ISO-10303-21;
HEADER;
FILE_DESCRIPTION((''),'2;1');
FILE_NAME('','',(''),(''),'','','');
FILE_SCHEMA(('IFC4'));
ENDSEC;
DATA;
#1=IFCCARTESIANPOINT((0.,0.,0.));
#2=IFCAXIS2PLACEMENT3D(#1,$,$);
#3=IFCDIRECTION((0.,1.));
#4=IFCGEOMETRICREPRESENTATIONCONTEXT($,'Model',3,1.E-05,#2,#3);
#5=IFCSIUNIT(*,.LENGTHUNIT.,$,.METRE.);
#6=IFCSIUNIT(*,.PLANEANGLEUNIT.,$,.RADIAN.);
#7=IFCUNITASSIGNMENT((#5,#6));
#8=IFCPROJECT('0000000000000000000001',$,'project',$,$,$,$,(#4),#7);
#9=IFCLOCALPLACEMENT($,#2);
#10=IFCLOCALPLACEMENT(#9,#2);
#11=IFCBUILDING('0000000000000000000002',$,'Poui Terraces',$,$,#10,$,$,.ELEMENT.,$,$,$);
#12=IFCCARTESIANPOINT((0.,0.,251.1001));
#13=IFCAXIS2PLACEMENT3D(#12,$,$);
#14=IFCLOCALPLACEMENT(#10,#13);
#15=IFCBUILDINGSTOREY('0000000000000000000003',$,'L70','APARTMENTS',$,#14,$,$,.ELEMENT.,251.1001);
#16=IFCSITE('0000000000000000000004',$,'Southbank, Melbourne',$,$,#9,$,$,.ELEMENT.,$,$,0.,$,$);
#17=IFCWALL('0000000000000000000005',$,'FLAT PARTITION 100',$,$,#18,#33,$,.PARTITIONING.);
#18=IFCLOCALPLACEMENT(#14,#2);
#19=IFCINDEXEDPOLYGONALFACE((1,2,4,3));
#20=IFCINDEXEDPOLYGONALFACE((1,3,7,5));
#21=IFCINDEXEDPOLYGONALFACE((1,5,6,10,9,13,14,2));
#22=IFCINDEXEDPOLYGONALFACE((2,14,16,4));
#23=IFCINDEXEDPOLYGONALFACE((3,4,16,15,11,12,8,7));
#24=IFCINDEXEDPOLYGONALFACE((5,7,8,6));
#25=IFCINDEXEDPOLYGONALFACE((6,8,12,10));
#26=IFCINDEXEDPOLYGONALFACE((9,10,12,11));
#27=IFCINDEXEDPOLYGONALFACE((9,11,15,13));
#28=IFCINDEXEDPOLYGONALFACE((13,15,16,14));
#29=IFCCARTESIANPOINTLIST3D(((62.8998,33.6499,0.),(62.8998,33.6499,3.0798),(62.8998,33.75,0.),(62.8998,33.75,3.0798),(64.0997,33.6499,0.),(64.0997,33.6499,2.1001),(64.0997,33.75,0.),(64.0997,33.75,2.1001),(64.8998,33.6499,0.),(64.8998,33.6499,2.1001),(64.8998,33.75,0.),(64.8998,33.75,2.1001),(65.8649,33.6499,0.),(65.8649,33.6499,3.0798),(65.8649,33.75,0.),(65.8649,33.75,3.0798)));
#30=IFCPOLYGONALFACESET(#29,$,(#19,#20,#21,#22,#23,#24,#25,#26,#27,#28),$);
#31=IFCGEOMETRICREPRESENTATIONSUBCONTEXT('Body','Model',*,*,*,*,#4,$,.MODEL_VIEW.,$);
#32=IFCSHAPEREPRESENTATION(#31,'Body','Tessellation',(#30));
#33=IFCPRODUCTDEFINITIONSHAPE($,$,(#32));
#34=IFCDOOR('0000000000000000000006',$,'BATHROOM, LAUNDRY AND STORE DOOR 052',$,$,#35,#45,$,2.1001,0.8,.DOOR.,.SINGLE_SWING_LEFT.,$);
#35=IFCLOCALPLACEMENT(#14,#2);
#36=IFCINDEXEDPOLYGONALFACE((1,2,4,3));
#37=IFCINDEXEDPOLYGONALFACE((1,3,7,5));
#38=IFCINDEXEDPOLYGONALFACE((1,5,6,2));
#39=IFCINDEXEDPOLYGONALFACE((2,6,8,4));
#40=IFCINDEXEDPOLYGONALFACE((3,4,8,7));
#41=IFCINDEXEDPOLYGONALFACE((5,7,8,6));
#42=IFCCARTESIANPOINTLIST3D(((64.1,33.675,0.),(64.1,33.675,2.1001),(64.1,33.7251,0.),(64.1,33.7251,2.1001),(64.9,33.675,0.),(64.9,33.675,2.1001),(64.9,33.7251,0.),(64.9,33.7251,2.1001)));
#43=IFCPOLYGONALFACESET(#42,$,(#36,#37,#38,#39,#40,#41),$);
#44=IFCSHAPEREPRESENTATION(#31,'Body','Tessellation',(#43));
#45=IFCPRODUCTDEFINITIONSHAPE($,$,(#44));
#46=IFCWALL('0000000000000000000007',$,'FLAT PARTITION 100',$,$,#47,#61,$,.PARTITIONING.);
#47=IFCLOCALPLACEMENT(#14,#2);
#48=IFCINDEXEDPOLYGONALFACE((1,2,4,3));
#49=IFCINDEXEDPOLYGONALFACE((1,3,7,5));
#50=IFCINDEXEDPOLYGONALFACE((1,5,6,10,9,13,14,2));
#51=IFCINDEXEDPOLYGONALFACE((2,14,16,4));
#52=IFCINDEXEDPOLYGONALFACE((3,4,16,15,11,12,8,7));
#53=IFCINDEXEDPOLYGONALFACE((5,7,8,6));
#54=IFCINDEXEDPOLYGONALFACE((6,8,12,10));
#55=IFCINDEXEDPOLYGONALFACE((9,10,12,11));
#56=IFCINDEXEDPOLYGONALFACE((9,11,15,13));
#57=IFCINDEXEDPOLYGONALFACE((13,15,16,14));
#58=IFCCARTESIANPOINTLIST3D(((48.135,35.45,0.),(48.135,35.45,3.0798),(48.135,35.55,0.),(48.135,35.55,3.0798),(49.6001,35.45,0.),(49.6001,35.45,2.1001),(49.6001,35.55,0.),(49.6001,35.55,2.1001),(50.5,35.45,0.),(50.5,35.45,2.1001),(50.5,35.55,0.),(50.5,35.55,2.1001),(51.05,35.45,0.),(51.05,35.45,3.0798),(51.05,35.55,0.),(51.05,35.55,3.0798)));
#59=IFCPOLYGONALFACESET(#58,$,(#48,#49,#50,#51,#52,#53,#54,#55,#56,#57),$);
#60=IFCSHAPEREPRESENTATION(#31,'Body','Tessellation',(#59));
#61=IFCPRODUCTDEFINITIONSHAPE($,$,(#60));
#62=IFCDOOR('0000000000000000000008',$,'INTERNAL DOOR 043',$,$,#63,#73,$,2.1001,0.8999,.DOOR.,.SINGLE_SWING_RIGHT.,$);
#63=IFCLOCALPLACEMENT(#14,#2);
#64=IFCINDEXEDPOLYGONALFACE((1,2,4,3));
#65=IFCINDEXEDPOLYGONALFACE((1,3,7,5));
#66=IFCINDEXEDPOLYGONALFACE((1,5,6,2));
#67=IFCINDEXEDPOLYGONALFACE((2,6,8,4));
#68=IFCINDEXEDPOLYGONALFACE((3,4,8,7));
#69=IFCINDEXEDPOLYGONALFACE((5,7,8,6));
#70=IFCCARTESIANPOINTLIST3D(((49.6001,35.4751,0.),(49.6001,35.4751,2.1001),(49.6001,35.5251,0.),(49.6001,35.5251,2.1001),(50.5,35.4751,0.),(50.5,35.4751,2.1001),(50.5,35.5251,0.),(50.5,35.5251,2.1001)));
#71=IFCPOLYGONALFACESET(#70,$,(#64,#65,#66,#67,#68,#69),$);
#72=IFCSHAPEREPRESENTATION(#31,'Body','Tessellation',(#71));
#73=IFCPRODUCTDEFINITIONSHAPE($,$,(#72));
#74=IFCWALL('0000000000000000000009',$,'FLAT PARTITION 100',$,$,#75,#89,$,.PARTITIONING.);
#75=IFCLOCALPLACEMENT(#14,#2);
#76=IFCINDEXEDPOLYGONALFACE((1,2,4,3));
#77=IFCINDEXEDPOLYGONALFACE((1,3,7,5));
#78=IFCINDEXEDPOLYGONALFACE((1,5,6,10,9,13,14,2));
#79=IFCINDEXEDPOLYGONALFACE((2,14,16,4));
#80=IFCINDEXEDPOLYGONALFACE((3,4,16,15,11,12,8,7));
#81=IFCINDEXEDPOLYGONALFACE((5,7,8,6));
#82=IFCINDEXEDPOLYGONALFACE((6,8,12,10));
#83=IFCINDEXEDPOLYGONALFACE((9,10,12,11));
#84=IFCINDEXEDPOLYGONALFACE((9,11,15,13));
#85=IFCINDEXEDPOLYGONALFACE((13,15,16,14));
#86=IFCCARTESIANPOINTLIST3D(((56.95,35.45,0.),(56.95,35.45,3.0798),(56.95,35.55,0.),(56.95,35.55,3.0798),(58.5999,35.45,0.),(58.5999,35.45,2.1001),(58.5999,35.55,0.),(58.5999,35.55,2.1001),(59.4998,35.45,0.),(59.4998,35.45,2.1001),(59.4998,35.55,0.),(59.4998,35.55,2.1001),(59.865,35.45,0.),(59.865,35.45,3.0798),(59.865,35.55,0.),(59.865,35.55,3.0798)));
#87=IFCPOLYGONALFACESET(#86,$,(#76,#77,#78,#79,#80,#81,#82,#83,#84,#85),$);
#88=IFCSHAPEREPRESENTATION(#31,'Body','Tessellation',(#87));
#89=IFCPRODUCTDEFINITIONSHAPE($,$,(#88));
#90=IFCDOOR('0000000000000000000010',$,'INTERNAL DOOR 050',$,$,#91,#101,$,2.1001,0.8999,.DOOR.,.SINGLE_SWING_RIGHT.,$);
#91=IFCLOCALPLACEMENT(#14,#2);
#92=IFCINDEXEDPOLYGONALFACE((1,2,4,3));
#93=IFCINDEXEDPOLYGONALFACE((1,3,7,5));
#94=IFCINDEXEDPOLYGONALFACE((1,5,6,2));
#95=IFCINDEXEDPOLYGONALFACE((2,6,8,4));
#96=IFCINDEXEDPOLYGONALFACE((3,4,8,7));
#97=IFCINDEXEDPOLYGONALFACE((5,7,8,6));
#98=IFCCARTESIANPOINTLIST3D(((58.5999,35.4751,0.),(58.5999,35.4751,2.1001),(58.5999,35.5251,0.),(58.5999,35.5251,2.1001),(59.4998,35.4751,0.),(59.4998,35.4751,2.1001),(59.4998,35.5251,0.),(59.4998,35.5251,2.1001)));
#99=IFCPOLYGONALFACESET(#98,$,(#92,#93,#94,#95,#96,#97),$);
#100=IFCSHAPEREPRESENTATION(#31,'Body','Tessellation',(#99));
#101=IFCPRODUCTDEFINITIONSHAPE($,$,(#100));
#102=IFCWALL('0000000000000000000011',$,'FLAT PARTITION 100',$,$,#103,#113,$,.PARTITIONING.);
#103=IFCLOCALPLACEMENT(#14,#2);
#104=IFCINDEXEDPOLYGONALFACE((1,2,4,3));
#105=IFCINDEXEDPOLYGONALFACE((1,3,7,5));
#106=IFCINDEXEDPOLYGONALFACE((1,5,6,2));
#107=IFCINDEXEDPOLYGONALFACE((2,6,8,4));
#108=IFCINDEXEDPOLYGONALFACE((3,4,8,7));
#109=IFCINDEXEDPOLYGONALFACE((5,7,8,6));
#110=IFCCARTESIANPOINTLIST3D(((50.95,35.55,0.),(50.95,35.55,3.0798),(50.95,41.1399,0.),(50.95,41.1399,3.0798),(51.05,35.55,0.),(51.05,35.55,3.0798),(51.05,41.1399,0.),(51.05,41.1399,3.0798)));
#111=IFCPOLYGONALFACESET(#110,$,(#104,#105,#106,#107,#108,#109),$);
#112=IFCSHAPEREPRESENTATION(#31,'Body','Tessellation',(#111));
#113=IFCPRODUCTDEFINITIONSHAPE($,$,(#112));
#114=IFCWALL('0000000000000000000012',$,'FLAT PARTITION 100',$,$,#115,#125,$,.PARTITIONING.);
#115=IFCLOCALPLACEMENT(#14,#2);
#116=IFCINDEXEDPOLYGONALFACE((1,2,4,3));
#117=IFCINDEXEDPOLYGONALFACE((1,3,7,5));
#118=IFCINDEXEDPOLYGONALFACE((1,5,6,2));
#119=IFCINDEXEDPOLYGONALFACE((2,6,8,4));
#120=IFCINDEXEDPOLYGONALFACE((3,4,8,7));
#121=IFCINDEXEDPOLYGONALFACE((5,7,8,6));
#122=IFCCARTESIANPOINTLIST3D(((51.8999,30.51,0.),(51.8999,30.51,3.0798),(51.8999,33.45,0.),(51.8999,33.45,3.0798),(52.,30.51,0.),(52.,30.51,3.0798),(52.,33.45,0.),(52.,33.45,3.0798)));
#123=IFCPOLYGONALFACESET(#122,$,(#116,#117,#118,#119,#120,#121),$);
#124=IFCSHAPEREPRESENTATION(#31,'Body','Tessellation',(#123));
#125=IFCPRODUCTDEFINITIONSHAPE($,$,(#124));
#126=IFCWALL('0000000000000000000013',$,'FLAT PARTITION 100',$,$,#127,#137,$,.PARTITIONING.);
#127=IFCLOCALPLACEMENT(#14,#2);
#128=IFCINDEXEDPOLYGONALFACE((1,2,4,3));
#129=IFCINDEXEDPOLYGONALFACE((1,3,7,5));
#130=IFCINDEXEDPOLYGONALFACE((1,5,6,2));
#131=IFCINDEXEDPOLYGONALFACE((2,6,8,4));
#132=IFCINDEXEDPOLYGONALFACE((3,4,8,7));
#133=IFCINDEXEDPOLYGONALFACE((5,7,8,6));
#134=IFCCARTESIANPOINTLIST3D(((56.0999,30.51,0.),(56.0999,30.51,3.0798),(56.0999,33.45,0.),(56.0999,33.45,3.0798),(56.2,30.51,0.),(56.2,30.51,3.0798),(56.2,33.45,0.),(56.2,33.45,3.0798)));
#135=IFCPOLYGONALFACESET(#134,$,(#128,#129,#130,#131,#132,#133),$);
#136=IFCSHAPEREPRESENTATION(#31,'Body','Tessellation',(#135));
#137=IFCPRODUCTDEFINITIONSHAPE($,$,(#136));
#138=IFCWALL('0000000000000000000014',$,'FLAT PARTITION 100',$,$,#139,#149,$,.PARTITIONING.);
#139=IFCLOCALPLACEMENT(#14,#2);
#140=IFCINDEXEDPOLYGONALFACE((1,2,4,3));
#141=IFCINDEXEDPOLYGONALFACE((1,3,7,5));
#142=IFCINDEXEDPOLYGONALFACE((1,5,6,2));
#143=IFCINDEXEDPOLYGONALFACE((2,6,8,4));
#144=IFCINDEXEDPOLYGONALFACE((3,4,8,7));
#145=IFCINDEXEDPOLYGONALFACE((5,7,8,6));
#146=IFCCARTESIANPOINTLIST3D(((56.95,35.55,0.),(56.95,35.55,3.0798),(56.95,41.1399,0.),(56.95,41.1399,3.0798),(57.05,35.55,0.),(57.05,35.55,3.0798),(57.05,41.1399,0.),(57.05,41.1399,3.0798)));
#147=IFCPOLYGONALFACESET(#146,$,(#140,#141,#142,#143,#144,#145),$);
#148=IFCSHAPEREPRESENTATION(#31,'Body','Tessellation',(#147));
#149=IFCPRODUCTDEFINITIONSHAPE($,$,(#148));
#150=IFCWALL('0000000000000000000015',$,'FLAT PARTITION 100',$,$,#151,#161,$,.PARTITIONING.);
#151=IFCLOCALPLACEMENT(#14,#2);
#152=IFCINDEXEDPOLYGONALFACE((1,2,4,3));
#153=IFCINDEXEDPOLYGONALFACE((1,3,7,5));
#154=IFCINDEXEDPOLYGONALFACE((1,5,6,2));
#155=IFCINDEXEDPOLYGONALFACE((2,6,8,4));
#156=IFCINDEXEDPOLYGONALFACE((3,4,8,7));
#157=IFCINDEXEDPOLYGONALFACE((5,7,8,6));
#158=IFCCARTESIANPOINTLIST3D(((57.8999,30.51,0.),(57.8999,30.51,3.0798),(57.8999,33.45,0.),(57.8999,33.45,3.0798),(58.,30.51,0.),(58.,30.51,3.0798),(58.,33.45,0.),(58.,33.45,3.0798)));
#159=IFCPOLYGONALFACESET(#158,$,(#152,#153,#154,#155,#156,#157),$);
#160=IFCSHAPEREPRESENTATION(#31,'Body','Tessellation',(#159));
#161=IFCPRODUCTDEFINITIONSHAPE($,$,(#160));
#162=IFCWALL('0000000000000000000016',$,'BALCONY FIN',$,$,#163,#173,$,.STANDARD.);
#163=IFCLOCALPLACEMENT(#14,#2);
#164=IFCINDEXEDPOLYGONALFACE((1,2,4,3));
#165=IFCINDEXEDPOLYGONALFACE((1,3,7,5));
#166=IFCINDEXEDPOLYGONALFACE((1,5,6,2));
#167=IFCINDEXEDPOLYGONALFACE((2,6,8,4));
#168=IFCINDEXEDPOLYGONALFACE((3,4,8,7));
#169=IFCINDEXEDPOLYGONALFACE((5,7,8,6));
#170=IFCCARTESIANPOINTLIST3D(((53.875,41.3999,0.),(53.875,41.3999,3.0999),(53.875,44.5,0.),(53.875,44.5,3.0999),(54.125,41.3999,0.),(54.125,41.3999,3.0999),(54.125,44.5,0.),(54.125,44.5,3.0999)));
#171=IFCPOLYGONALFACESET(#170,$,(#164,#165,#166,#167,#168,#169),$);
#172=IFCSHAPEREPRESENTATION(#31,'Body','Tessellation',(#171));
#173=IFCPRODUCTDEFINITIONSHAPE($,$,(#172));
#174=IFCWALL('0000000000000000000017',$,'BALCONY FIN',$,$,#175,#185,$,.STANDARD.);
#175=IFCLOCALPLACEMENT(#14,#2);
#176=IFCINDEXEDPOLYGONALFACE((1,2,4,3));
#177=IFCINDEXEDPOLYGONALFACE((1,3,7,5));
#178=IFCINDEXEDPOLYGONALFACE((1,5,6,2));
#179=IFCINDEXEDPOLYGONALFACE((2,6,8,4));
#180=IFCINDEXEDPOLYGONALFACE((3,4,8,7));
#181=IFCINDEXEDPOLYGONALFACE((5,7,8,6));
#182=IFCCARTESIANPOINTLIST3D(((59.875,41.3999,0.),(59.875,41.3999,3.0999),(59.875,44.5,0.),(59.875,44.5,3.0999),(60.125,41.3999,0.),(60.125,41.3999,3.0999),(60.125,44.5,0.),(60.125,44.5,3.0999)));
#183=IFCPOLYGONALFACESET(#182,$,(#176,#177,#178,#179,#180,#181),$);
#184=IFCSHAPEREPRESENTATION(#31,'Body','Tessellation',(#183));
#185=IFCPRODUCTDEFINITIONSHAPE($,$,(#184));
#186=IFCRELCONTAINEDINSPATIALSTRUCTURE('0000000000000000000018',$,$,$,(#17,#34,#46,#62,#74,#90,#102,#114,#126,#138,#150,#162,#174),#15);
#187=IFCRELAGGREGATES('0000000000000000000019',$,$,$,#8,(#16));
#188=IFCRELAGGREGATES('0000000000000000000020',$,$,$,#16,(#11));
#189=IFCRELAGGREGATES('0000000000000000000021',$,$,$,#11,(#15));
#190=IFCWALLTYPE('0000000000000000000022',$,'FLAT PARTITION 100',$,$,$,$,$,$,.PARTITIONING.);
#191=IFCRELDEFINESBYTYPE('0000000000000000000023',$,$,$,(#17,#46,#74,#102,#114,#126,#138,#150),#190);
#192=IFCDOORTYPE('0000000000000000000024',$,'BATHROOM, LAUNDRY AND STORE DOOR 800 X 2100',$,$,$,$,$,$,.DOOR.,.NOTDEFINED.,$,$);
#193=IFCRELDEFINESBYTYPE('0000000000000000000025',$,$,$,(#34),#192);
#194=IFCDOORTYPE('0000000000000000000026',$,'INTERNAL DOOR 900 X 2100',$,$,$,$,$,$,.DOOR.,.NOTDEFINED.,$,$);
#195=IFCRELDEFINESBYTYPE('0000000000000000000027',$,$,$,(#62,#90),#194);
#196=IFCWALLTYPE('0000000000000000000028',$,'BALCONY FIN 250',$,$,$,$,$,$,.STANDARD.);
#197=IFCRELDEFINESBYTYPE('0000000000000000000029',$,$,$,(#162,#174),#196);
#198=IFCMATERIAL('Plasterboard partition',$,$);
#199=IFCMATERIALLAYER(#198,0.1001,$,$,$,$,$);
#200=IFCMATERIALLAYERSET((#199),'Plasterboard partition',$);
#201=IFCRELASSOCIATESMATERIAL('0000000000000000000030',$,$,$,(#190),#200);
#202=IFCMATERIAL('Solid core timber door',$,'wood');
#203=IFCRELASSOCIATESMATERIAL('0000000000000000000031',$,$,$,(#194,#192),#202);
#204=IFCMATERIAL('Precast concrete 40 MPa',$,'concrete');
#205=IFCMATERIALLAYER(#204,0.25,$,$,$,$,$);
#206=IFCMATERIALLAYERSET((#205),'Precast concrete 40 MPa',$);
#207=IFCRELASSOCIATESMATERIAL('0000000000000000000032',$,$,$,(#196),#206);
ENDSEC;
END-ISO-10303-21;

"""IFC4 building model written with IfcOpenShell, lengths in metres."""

from ifc_helpers import new_model, si_unit, direction, frame, frame_2d, origin, place, context, subcontext, project, spatial, polyline, rectangle, outline, extrude, source, transform, mapped, material, layer, layer_set, type_object, element, fill, save


model = new_model("IFC4")

# Units and contexts
model_context = context("Model", 3, precision=1e-05, world=origin(), true_north=direction((0.0, 1.0)))
body_context = subcontext(model_context, "Body", "Model", "MODEL_VIEW")
ifc_project = project(units=[si_unit("LENGTHUNIT", "METRE"), si_unit("PLANEANGLEUNIT", "RADIAN")], contexts=[model_context])

# Site, building, storey
site_placement = place(None, origin())
site = spatial("IfcSite", under=ifc_project, at=site_placement, Name="Southbank, Melbourne", CompositionType="ELEMENT", RefElevation=0.0)
building_placement = place(site_placement, origin())
building = spatial("IfcBuilding", under=site, at=building_placement, Name="Poui Terraces", CompositionType="ELEMENT")
storey_placement = place(building_placement, frame((0.0, 0.0, 251.1001)))
storey = spatial("IfcBuildingStorey", under=building, at=storey_placement, Name="L70", Description="APARTMENTS", CompositionType="ELEMENT", Elevation=251.1001)

# Walls, openings, doors
ifc_material_1 = material(Name="Plasterboard partition")
ifc_layer_1 = layer(ifc_material_1, 0.1001)
ifc_layer_set_1 = layer_set([ifc_layer_1], Name="Plasterboard partition")
wall_type_1 = type_object("IfcWallType", Name="FLAT PARTITION 100", PredefinedType="PARTITIONING", material=ifc_layer_set_1)
ifc_material_2 = material(Name="Solid core timber door", Category="wood")
door_type_1 = type_object("IfcDoorType", Name="INTERNAL DOOR 900 X 2100", OperationType="NOTDEFINED", PredefinedType="DOOR", material=ifc_material_2)
door_type_2 = type_object("IfcDoorType", Name="BATHROOM, LAUNDRY AND STORE DOOR 800 X 2100", OperationType="NOTDEFINED", PredefinedType="DOOR", material=ifc_material_2)
wall_1_placement = place(storey_placement, frame((62.8999, 33.7, 0.0), z_axis=(0.0, 0.0, 1.0), x_axis=(1.0, 0.0, 0.0)))
wall_1 = element("IfcWall", 1, at=wall_1_placement, inside=storey, type_object=wall_type_1, Name="FLAT PARTITION 100", PredefinedType="PARTITIONING", context=body_context, shape_type="SweptSolid", body=[
    extrude(rectangle(XDim=2.9651, YDim=0.1001, at=frame_2d((1.4824, 0.0))), origin(), (0.0, 0.0, 1.0), 3.0798),
])
opening_1_placement = place(wall_1_placement, frame((1.2, 0.0, 0.0)))
opening_1 = element("IfcOpeningElement", 2, at=opening_1_placement, cuts=wall_1, PredefinedType="OPENING", context=body_context, shape_type="SweptSolid", body=[
    extrude(rectangle(XDim=0.8, YDim=2.1001, at=frame_2d((0.3999, 1.05))), frame((0.0, 0.0601, 0.0), z_axis=(0.0, -1.0, 0.0), x_axis=(1.0, 0.0, 0.0)), (0.0, 0.0, 1.0), 0.1201),
])
door_1_placement = place(opening_1_placement, frame((0.8, 0.0, 0.0), z_axis=(0.0, 0.0, 1.0), x_axis=(-1.0, 0.0, 0.0)))
door_1 = element("IfcDoor", 3, at=door_1_placement, inside=storey, type_object=door_type_2, Name="BATHROOM, LAUNDRY AND STORE DOOR 052", OperationType="SINGLE_SWING_LEFT", OverallHeight=2.1001, OverallWidth=0.8, PredefinedType="DOOR", context=body_context, shape_type="SweptSolid", body=[
    extrude(rectangle(XDim=0.8, YDim=2.1001, at=frame_2d((0.3999, 1.05))), frame((0.0, 0.0249, 0.0), z_axis=(0.0, -1.0, 0.0), x_axis=(1.0, 0.0, 0.0)), (0.0, 0.0, 1.0), 0.05),
])
fill(opening_1, door_1)
wall_2_placement = place(storey_placement, frame((48.135, 35.5, 0.0), z_axis=(0.0, 0.0, 1.0), x_axis=(1.0, 0.0, 0.0)))
wall_2 = element("IfcWall", 4, at=wall_2_placement, inside=storey, type_object=wall_type_1, Name="FLAT PARTITION 100", PredefinedType="PARTITIONING", context=body_context, shape_type="SweptSolid", body=[
    extrude(rectangle(XDim=2.915, YDim=0.1001, at=frame_2d((1.4575, 0.0))), origin(), (0.0, 0.0, 1.0), 3.0798),
])
opening_2_placement = place(wall_2_placement, frame((1.4651, 0.0, 0.0)))
opening_2 = element("IfcOpeningElement", 5, at=opening_2_placement, cuts=wall_2, PredefinedType="OPENING", context=body_context, shape_type="SweptSolid", body=[
    extrude(rectangle(XDim=0.8999, YDim=2.1001, at=frame_2d((0.45, 1.05))), frame((0.0, 0.0601, 0.0), z_axis=(0.0, -1.0, 0.0), x_axis=(1.0, 0.0, 0.0)), (0.0, 0.0, 1.0), 0.1201),
])
door_2_placement = place(opening_2_placement, frame((0.8999, 0.0, 0.0), z_axis=(0.0, 0.0, 1.0), x_axis=(-1.0, 0.0, 0.0)))
door_2 = element("IfcDoor", 6, at=door_2_placement, inside=storey, type_object=door_type_1, Name="INTERNAL DOOR 043", OperationType="SINGLE_SWING_RIGHT", OverallHeight=2.1001, OverallWidth=0.8999, PredefinedType="DOOR", context=body_context, shape_type="SweptSolid", body=[
    extrude(rectangle(XDim=0.8999, YDim=2.1001, at=frame_2d((0.45, 1.05))), frame((0.0, 0.0249, 0.0), z_axis=(0.0, -1.0, 0.0), x_axis=(1.0, 0.0, 0.0)), (0.0, 0.0, 1.0), 0.05),
])
fill(opening_2, door_2)
wall_3_placement = place(storey_placement, frame((56.95, 35.5, 0.0), z_axis=(0.0, 0.0, 1.0), x_axis=(1.0, 0.0, 0.0)))
wall_3 = element("IfcWall", 7, at=wall_3_placement, inside=storey, type_object=wall_type_1, Name="FLAT PARTITION 100", PredefinedType="PARTITIONING", context=body_context, shape_type="SweptSolid", body=[
    extrude(rectangle(XDim=2.915, YDim=0.1001, at=frame_2d((1.4575, 0.0))), origin(), (0.0, 0.0, 1.0), 3.0798),
])
opening_3_placement = place(wall_3_placement, frame((1.6499, 0.0, 0.0)))
opening_3 = element("IfcOpeningElement", 8, at=opening_3_placement, cuts=wall_3, PredefinedType="OPENING", context=body_context, shape_type="SweptSolid", body=[
    extrude(rectangle(XDim=0.8999, YDim=2.1001, at=frame_2d((0.45, 1.05))), frame((0.0, 0.0601, 0.0), z_axis=(0.0, -1.0, 0.0), x_axis=(1.0, 0.0, 0.0)), (0.0, 0.0, 1.0), 0.1201),
])
door_3_placement = place(opening_3_placement, frame((0.8999, 0.0, 0.0), z_axis=(0.0, 0.0, 1.0), x_axis=(-1.0, 0.0, 0.0)))
door_3 = element("IfcDoor", 9, at=door_3_placement, inside=storey, type_object=door_type_1, Name="INTERNAL DOOR 050", OperationType="SINGLE_SWING_RIGHT", OverallHeight=2.1001, OverallWidth=0.8999, PredefinedType="DOOR", context=body_context, shape_type="SweptSolid", body=[
    extrude(rectangle(XDim=0.8999, YDim=2.1001, at=frame_2d((0.45, 1.05))), frame((0.0, 0.0249, 0.0), z_axis=(0.0, -1.0, 0.0), x_axis=(1.0, 0.0, 0.0)), (0.0, 0.0, 1.0), 0.05),
])
fill(opening_3, door_3)

# Walls
wall_4_placement = place(storey_placement, frame((51.0, 35.55, 0.0), z_axis=(0.0, 0.0, 1.0), x_axis=(0.0, 1.0, 0.0)))
element("IfcWall", 10, at=wall_4_placement, inside=storey, type_object=wall_type_1, Name="FLAT PARTITION 100", PredefinedType="PARTITIONING", context=body_context, shape_type="SweptSolid", body=[
    extrude(rectangle(XDim=5.5898, YDim=0.1001, at=frame_2d((2.7949, 0.0))), origin(), (0.0, 0.0, 1.0), 3.0798),
])
for number, where, z_axis, x_axis, name in (
    (11, (51.95, 30.51, 0.0), (0.0, 0.0, 1.0), (0.0, 1.0, 0.0), "FLAT PARTITION 100"),
    (12, (56.1499, 30.51, 0.0), (0.0, 0.0, 1.0), (0.0, 1.0, 0.0), "FLAT PARTITION 100"),
):
    element("IfcWall", number, at=place(storey_placement, frame(where, z_axis=z_axis, x_axis=x_axis)), inside=storey, type_object=wall_type_1, Name=name, PredefinedType="PARTITIONING", context=body_context, shape_type="SweptSolid", body=[
        extrude(rectangle(XDim=2.9399, YDim=0.1001, at=frame_2d((1.47, 0.0))), origin(), (0.0, 0.0, 1.0), 3.0798),
    ])
wall_5_placement = place(storey_placement, frame((57.0, 35.55, 0.0), z_axis=(0.0, 0.0, 1.0), x_axis=(0.0, 1.0, 0.0)))
element("IfcWall", 13, at=wall_5_placement, inside=storey, type_object=wall_type_1, Name="FLAT PARTITION 100", PredefinedType="PARTITIONING", context=body_context, shape_type="SweptSolid", body=[
    extrude(rectangle(XDim=5.5898, YDim=0.1001, at=frame_2d((2.7949, 0.0))), origin(), (0.0, 0.0, 1.0), 3.0798),
])
wall_6_placement = place(storey_placement, frame((57.95, 30.51, 0.0), z_axis=(0.0, 0.0, 1.0), x_axis=(0.0, 1.0, 0.0)))
element("IfcWall", 14, at=wall_6_placement, inside=storey, type_object=wall_type_1, Name="FLAT PARTITION 100", PredefinedType="PARTITIONING", context=body_context, shape_type="SweptSolid", body=[
    extrude(rectangle(XDim=2.9399, YDim=0.1001, at=frame_2d((1.47, 0.0))), origin(), (0.0, 0.0, 1.0), 3.0798),
])
ifc_material_3 = material(Name="Precast concrete 40 MPa", Category="concrete")
ifc_layer_2 = layer(ifc_material_3, 0.25)
ifc_layer_set_2 = layer_set([ifc_layer_2], Name="Precast concrete 40 MPa")
wall_type_2 = type_object("IfcWallType", Name="BALCONY FIN 250", PredefinedType="STANDARD", material=ifc_layer_set_2)
shared_shape_1 = source(origin(), body_context, "Body", "SweptSolid", [
    extrude(outline(polyline([(0.0, 0.0), (0.25, 0.0), (0.25, 3.1001), (0.0, 3.1001), (0.0, 0.0)])), origin(), (0.0, 0.0, 1.0), 3.0999),
])
for number, where, name in (
    (15, (53.875, 41.3999, 0.0), "BALCONY FIN"),
    (16, (59.875, 41.3999, 0.0), "BALCONY FIN"),
):
    element("IfcWall", number, at=place(storey_placement, frame(where)), inside=storey, type_object=wall_type_2, Name=name, PredefinedType="STANDARD", context=body_context, shape_type="MappedRepresentation", body=[
        mapped(shared_shape_1, transform((0.0, 0.0, 0.0))),
    ])

save(model, "model.ifc")
